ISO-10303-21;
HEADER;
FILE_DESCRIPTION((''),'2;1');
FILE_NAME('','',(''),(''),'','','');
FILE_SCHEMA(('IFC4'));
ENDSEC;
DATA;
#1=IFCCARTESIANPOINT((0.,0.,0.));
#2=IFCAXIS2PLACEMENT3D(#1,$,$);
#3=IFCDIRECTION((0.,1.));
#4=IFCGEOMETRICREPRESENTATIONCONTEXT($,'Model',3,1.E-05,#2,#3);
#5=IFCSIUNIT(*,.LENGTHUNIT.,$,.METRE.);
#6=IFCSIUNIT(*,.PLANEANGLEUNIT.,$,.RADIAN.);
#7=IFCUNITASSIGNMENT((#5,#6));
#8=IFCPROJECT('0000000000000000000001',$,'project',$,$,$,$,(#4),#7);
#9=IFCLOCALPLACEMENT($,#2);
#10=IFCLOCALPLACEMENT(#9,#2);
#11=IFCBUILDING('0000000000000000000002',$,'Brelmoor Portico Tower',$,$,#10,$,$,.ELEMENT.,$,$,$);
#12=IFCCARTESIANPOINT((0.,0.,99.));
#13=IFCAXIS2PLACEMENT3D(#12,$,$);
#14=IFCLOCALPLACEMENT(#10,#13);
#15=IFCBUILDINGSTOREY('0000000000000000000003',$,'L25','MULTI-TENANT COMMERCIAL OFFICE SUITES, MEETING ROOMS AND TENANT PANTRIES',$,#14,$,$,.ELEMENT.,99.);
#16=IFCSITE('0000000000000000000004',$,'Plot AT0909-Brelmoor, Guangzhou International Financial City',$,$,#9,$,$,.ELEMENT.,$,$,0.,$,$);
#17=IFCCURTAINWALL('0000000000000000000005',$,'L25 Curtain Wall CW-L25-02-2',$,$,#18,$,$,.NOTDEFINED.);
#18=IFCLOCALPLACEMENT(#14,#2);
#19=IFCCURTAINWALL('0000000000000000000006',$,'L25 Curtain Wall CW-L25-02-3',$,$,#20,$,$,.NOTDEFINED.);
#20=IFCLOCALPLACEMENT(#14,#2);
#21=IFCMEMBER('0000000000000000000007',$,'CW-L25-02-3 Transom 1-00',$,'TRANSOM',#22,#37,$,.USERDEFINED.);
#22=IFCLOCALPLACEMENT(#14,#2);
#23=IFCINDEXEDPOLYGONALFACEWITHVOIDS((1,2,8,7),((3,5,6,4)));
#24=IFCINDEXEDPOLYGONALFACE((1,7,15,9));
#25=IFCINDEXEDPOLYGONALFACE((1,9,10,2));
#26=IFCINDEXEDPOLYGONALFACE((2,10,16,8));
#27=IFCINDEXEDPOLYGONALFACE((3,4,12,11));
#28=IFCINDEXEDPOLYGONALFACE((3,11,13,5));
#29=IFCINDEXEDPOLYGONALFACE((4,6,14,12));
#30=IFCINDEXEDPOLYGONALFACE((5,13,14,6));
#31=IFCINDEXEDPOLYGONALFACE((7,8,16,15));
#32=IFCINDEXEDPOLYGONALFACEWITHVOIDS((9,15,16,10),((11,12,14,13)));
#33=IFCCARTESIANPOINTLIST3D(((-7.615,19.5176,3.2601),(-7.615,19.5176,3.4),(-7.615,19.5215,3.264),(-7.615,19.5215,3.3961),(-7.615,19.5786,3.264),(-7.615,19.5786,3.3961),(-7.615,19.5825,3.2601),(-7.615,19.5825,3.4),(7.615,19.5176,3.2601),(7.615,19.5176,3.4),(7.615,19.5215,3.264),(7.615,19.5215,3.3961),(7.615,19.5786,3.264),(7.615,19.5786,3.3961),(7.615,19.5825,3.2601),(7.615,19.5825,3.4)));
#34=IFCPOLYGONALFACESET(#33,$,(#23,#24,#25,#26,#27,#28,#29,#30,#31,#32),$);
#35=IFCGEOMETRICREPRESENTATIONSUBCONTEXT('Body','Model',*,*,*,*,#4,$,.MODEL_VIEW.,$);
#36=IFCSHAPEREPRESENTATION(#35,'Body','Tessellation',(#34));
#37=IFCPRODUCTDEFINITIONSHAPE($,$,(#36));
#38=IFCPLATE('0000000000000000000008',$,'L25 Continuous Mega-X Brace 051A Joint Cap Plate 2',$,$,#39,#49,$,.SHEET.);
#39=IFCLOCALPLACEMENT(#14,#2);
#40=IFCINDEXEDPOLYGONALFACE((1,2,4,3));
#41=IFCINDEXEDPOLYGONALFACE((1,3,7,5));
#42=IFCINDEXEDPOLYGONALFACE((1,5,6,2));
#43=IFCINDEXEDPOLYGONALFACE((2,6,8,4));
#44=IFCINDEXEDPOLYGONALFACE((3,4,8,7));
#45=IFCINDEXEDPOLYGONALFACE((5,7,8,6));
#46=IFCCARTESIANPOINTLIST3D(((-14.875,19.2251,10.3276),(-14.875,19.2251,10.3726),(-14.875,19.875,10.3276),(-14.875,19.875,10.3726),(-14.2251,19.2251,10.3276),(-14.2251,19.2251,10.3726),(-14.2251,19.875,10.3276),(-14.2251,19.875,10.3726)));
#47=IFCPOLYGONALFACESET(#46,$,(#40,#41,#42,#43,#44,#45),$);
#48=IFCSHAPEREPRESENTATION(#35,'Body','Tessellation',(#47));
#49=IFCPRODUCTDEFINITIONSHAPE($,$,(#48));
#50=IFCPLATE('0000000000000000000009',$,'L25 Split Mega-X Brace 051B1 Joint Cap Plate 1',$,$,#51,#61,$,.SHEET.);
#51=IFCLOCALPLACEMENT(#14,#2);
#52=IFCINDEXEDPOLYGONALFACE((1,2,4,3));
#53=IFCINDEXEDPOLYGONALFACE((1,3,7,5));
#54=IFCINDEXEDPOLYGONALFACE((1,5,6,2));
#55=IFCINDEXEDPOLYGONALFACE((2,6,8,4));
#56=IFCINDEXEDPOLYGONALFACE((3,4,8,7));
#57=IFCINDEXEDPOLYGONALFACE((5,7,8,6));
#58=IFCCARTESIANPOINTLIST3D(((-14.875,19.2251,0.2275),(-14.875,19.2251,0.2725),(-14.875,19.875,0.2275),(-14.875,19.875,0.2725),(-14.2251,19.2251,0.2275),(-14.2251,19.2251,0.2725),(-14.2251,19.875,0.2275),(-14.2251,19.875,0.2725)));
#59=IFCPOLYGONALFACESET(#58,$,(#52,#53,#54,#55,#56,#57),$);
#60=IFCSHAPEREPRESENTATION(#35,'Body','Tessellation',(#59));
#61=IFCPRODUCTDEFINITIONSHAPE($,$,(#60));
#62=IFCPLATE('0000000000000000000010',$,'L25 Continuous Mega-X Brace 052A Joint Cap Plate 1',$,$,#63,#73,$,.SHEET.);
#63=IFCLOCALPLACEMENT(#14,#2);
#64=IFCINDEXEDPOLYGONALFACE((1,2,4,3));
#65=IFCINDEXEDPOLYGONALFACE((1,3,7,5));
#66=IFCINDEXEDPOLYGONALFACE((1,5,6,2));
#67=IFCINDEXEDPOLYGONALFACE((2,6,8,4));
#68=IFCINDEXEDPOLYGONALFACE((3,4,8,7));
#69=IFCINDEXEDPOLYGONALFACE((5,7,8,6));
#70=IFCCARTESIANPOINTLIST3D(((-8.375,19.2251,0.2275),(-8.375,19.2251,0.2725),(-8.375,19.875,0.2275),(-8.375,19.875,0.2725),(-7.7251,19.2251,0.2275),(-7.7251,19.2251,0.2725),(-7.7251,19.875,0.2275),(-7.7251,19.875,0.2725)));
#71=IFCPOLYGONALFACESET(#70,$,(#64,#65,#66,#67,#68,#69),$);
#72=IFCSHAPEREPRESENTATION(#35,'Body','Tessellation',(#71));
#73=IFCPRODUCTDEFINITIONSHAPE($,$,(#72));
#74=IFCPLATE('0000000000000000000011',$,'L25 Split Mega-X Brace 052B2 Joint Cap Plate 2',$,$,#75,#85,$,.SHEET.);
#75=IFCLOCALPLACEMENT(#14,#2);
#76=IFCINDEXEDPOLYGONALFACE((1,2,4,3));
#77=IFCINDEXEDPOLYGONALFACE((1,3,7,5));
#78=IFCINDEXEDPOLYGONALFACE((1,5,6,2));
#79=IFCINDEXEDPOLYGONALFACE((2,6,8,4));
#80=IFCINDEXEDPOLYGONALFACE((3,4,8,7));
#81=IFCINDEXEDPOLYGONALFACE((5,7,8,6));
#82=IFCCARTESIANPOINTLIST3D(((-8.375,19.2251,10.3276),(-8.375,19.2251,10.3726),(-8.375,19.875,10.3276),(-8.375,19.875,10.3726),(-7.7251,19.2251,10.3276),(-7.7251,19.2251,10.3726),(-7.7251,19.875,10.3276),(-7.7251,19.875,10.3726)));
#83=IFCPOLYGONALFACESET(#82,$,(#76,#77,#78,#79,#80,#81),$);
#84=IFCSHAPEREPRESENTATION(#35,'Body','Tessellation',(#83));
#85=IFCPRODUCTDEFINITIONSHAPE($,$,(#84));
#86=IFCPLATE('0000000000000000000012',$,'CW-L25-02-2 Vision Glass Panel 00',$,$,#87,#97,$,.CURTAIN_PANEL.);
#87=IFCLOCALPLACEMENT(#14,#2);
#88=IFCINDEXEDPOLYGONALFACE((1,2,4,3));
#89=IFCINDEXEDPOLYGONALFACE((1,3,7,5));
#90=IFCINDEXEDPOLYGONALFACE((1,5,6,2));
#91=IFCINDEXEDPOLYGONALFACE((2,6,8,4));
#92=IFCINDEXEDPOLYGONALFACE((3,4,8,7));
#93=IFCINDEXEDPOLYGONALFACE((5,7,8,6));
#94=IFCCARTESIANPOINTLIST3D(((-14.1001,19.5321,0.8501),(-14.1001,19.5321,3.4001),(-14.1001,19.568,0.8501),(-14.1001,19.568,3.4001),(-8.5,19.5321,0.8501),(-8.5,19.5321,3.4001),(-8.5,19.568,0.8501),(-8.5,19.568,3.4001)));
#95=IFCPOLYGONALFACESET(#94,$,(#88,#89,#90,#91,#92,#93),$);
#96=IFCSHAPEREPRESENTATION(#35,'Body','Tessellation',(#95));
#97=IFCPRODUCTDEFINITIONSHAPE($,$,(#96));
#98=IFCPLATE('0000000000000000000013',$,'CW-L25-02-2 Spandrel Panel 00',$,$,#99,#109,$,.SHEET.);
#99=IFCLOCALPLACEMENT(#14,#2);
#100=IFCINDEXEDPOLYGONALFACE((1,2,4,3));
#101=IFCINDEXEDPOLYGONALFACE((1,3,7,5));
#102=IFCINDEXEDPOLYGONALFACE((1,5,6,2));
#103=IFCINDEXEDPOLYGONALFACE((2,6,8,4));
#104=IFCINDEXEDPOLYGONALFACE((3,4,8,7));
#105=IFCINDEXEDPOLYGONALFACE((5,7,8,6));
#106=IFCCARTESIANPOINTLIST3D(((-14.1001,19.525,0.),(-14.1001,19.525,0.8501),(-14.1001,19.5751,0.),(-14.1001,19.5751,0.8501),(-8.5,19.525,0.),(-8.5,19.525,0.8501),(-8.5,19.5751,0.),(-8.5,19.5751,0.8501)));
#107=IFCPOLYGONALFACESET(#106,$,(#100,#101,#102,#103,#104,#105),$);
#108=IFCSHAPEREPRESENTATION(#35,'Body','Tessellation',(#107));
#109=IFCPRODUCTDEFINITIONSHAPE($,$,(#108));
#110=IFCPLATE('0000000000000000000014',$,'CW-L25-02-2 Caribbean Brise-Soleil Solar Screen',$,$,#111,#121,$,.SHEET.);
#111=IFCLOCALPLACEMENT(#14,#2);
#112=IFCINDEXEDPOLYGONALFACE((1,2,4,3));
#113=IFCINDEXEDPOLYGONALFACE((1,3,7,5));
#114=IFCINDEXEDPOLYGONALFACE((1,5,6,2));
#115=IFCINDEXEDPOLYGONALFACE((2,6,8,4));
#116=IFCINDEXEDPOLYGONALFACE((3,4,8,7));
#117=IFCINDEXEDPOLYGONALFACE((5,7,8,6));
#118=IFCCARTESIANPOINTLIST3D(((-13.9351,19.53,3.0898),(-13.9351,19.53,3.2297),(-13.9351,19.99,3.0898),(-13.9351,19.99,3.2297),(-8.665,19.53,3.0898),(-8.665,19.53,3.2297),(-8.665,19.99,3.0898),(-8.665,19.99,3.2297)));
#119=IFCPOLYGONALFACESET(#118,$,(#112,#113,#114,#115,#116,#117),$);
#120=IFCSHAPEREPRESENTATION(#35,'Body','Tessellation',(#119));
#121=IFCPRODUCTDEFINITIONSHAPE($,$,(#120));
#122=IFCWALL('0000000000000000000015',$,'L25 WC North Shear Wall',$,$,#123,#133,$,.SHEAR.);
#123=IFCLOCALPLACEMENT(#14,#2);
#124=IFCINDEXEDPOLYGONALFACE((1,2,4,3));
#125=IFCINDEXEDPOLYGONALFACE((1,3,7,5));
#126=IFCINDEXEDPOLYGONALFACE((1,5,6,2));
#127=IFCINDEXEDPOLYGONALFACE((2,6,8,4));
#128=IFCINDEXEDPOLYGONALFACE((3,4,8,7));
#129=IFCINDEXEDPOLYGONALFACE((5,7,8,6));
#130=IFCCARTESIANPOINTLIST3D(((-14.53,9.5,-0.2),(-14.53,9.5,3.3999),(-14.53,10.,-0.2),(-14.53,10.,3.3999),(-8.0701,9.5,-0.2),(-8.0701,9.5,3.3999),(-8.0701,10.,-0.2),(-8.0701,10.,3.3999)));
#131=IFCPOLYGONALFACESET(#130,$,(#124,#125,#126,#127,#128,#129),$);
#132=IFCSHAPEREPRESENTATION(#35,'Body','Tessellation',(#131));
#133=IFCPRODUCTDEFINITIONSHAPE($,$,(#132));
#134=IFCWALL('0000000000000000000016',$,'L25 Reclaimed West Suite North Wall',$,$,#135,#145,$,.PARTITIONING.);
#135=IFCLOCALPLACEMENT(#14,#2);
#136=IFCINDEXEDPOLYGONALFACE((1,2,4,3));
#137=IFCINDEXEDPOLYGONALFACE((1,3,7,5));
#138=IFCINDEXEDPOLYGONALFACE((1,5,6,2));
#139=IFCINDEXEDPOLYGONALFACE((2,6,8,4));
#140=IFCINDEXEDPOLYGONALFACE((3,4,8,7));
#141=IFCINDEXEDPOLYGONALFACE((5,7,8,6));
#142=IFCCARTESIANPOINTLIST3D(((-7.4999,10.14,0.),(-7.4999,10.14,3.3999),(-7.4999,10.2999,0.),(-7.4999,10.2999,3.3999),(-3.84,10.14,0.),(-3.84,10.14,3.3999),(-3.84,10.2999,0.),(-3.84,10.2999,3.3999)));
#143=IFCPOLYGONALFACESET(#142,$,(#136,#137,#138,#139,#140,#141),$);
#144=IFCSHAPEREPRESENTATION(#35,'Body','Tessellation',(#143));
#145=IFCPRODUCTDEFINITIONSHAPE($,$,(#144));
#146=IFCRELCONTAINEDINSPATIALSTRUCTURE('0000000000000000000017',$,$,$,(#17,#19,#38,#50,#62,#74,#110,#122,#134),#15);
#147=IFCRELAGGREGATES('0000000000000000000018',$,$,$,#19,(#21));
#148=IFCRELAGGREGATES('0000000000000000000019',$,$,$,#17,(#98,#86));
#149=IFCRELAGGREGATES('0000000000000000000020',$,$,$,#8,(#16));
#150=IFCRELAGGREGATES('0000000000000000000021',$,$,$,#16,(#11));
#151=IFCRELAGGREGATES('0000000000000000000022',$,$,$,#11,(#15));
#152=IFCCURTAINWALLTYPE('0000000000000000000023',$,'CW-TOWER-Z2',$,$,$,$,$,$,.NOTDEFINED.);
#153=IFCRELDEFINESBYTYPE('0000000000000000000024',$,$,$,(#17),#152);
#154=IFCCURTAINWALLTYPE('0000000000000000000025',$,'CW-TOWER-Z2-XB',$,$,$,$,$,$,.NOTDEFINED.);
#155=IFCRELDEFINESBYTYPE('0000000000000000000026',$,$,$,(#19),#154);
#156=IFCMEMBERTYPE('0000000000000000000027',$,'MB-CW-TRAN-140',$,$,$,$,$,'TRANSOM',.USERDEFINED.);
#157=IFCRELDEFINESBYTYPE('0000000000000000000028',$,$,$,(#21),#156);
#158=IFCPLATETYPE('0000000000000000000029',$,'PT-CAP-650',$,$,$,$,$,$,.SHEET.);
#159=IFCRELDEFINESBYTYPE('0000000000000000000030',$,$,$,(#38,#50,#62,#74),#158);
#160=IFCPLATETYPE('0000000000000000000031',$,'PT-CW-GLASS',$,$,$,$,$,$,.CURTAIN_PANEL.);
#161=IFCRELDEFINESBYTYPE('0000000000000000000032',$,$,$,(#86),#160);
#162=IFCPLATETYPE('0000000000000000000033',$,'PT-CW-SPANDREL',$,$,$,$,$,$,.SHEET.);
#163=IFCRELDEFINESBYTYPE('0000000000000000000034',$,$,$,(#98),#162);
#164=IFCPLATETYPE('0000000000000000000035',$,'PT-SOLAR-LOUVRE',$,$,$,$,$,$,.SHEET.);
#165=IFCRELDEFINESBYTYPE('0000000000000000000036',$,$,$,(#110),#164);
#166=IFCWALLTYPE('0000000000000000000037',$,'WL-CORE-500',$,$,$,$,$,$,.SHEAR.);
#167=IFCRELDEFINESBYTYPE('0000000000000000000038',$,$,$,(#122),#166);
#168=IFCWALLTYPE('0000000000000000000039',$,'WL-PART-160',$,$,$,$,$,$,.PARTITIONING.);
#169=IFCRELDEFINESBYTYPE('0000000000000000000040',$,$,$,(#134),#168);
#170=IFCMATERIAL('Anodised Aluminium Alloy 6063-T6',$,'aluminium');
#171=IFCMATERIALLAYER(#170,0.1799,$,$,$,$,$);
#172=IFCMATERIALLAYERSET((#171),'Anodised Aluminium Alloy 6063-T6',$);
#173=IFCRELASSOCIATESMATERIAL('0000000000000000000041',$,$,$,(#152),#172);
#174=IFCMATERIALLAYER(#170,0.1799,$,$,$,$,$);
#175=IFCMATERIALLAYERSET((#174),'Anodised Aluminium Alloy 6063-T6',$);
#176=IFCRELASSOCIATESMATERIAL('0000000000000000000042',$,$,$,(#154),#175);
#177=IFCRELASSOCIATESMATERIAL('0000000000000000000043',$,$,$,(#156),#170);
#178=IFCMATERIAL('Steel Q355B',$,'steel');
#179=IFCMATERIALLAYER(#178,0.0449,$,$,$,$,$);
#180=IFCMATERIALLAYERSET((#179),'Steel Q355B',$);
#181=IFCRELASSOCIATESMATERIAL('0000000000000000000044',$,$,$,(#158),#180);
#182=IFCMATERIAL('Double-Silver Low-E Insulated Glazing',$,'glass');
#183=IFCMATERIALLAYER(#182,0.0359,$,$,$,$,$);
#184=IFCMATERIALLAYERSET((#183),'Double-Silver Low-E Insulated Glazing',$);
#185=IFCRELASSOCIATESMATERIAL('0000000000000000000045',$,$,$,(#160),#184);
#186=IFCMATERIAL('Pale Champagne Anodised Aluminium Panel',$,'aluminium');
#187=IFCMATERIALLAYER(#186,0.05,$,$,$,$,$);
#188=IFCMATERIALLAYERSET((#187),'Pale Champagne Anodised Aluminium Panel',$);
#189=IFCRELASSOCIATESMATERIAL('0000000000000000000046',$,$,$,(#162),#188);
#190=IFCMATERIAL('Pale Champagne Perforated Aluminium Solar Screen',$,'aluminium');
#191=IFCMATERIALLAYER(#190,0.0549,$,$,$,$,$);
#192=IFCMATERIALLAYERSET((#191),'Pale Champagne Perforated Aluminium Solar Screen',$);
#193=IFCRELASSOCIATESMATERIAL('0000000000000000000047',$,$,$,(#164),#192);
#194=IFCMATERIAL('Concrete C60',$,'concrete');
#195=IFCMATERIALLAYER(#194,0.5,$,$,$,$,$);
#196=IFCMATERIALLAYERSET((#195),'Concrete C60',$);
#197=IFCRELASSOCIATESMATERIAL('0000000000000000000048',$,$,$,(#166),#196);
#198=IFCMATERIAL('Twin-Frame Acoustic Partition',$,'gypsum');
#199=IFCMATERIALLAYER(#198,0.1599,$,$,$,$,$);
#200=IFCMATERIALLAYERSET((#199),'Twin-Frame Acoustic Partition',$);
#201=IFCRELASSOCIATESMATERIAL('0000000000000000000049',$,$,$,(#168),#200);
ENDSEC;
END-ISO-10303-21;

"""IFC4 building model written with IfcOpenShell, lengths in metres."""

from ifc_helpers import new_model, si_unit, direction, frame, frame_2d, origin, origin_2d, place, context, subcontext, project, spatial, rectangle, hollow_rectangle, extrude, material, layer, layer_set, material_profile, profile_set, type_object, element, aggregate, save


model = new_model("IFC4")

# Units and contexts
model_context = context("Model", 3, precision=1e-05, world=origin(), true_north=direction((0.0, 1.0)))
body_context = subcontext(model_context, "Body", "Model", "MODEL_VIEW")
ifc_project = project(units=[si_unit("LENGTHUNIT", "METRE"), si_unit("PLANEANGLEUNIT", "RADIAN")], contexts=[model_context])

# Site, building, storey
site_placement = place(None, origin())
site = spatial("IfcSite", under=ifc_project, at=site_placement, Name="Plot AT0909-Brelmoor, Guangzhou International Financial City", CompositionType="ELEMENT", RefElevation=0.0)
building_placement = place(site_placement, origin())
building = spatial("IfcBuilding", under=site, at=building_placement, Name="Brelmoor Portico Tower", CompositionType="ELEMENT")
storey_placement = place(building_placement, frame((0.0, 0.0, 99.0)))
storey = spatial("IfcBuildingStorey", under=building, at=storey_placement, Name="L25", Description="MULTI-TENANT COMMERCIAL OFFICE SUITES, MEETING ROOMS AND TENANT PANTRIES", CompositionType="ELEMENT", Elevation=99.0)

# Shared definitions
ifc_material_1 = material(Name="Steel Q355B", Category="steel")

# Curtain wall
ifc_material_2 = material(Name="Anodised Aluminium Alloy 6063-T6", Category="aluminium")
ifc_layer_1 = layer(ifc_material_2, 0.1799)
ifc_layer_set_1 = layer_set([ifc_layer_1], Name="Anodised Aluminium Alloy 6063-T6")
curtain_wall_type_1 = type_object("IfcCurtainWallType", Name="CW-TOWER-Z2", PredefinedType="NOTDEFINED", material=ifc_layer_set_1)
curtain_wall_1_placement = place(storey_placement, origin())
curtain_wall_1 = element("IfcCurtainWall", 1, at=curtain_wall_1_placement, inside=storey, type_object=curtain_wall_type_1, Name="L25 Curtain Wall CW-L25-02-2", PredefinedType="NOTDEFINED")

# Curtain wall
ifc_layer_2 = layer(ifc_material_2, 0.1799)
ifc_layer_set_2 = layer_set([ifc_layer_2], Name="Anodised Aluminium Alloy 6063-T6")
curtain_wall_type_2 = type_object("IfcCurtainWallType", Name="CW-TOWER-Z2-XB", PredefinedType="NOTDEFINED", material=ifc_layer_set_2)
curtain_wall_2_placement = place(storey_placement, origin())
curtain_wall_2 = element("IfcCurtainWall", 2, at=curtain_wall_2_placement, inside=storey, type_object=curtain_wall_type_2, Name="L25 Curtain Wall CW-L25-02-3", PredefinedType="NOTDEFINED")

# Member
ifc_material_profile_1 = material_profile(ifc_material_2, hollow_rectangle(XDim=0.0649, YDim=0.1399, WallThickness=0.0039, at=origin_2d()), Name="ALU TRANSOM 65x140")
ifc_profile_set_1 = profile_set([ifc_material_profile_1], Name="Anodised Aluminium Alloy 6063-T6")
member_type_1 = type_object("IfcMemberType", Name="MB-CW-TRAN-140", ElementType="TRANSOM", PredefinedType="USERDEFINED", material=ifc_profile_set_1)
member_1_placement = place(storey_placement, frame((-7.615, 19.55, 3.3301), z_axis=(1.0, 0.0, 0.0), x_axis=(0.0, 1.0, 0.0)))
member_1 = element("IfcMember", 3, at=member_1_placement, type_object=member_type_1, Name="CW-L25-02-3 Transom 1-00", ObjectType="TRANSOM", PredefinedType="USERDEFINED", context=body_context, shape_type="SweptSolid", body=[
    extrude(hollow_rectangle(XDim=0.0649, YDim=0.1399, WallThickness=0.0039, at=origin_2d()), origin(), (0.0, 0.0, 1.0), 15.23),
])
aggregate(curtain_wall_2, [member_1])

# Plates
ifc_layer_3 = layer(ifc_material_1, 0.0449)
ifc_layer_set_3 = layer_set([ifc_layer_3], Name="Steel Q355B")
plate_type_1 = type_object("IfcPlateType", Name="PT-CAP-650", PredefinedType="SHEET", material=ifc_layer_set_3)
for number, where, z_axis, x_axis, name in (
    (4, (-14.55, 19.55, 10.3276), (0.0, 0.0, 1.0), (1.0, 0.0, 0.0), "L25 Continuous Mega-X Brace 051A Joint Cap Plate 2"),
    (5, (-14.55, 19.55, 0.2275), (0.0, 0.0, 1.0), (1.0, 0.0, 0.0), "L25 Split Mega-X Brace 051B1 Joint Cap Plate 1"),
    (6, (-8.05, 19.55, 0.2275), (0.0, 0.0, 1.0), (1.0, 0.0, 0.0), "L25 Continuous Mega-X Brace 052A Joint Cap Plate 1"),
    (7, (-8.05, 19.55, 10.3276), (0.0, 0.0, 1.0), (1.0, 0.0, 0.0), "L25 Split Mega-X Brace 052B2 Joint Cap Plate 2"),
):
    element("IfcPlate", number, at=place(storey_placement, frame(where, z_axis=z_axis, x_axis=x_axis)), inside=storey, type_object=plate_type_1, Name=name, PredefinedType="SHEET", context=body_context, shape_type="SweptSolid", body=[
        extrude(rectangle(XDim=0.6499, YDim=0.6499, at=origin_2d()), origin(), (0.0, 0.0, 1.0), 0.0449),
    ])

# Plates
ifc_material_3 = material(Name="Double-Silver Low-E Insulated Glazing", Category="glass")
ifc_layer_4 = layer(ifc_material_3, 0.0359)
ifc_layer_set_4 = layer_set([ifc_layer_4], Name="Double-Silver Low-E Insulated Glazing")
plate_type_2 = type_object("IfcPlateType", Name="PT-CW-GLASS", PredefinedType="CURTAIN_PANEL", material=ifc_layer_set_4)
plate_1_placement = place(storey_placement, frame((-11.3, 19.55, 0.8501), z_axis=(0.0, 0.0, 1.0), x_axis=(1.0, 0.0, 0.0)))
plate_1 = element("IfcPlate", 8, at=plate_1_placement, type_object=plate_type_2, Name="CW-L25-02-2 Vision Glass Panel 00", PredefinedType="CURTAIN_PANEL", context=body_context, shape_type="SweptSolid", body=[
    extrude(rectangle(XDim=5.6001, YDim=0.0359, at=origin_2d()), origin(), (0.0, 0.0, 1.0), 2.55),
])
ifc_material_4 = material(Name="Pale Champagne Anodised Aluminium Panel", Category="aluminium")
ifc_layer_5 = layer(ifc_material_4, 0.05)
ifc_layer_set_5 = layer_set([ifc_layer_5], Name="Pale Champagne Anodised Aluminium Panel")
plate_type_3 = type_object("IfcPlateType", Name="PT-CW-SPANDREL", PredefinedType="SHEET", material=ifc_layer_set_5)
plate_2_placement = place(storey_placement, frame((-11.3, 19.55, 0.0), z_axis=(0.0, 0.0, 1.0), x_axis=(1.0, 0.0, 0.0)))
plate_2 = element("IfcPlate", 9, at=plate_2_placement, type_object=plate_type_3, Name="CW-L25-02-2 Spandrel Panel 00", PredefinedType="SHEET", context=body_context, shape_type="SweptSolid", body=[
    extrude(rectangle(XDim=5.6001, YDim=0.05, at=origin_2d()), origin(), (0.0, 0.0, 1.0), 0.8501),
])
aggregate(curtain_wall_1, [plate_2, plate_1])
ifc_material_5 = material(Name="Pale Champagne Perforated Aluminium Solar Screen", Category="aluminium")
ifc_layer_6 = layer(ifc_material_5, 0.0549)
ifc_layer_set_6 = layer_set([ifc_layer_6], Name="Pale Champagne Perforated Aluminium Solar Screen")
plate_type_4 = type_object("IfcPlateType", Name="PT-SOLAR-LOUVRE", PredefinedType="SHEET", material=ifc_layer_set_6)
plate_3_placement = place(storey_placement, frame((-11.3, 19.76, 3.0898), z_axis=(0.0, 0.0, 1.0), x_axis=(1.0, 0.0, 0.0)))
element("IfcPlate", 10, at=plate_3_placement, inside=storey, type_object=plate_type_4, Name="CW-L25-02-2 Caribbean Brise-Soleil Solar Screen", PredefinedType="SHEET", context=body_context, shape_type="SweptSolid", body=[
    extrude(rectangle(XDim=5.27, YDim=0.46, at=origin_2d()), origin(), (0.0, 0.0, 1.0), 0.1399),
])

# Walls
ifc_material_6 = material(Name="Concrete C60", Category="concrete")
ifc_layer_7 = layer(ifc_material_6, 0.5)
ifc_layer_set_7 = layer_set([ifc_layer_7], Name="Concrete C60")
wall_type_1 = type_object("IfcWallType", Name="WL-CORE-500", PredefinedType="SHEAR", material=ifc_layer_set_7)
wall_1_placement = place(storey_placement, frame((-14.53, 9.75, -0.2), z_axis=(0.0, 0.0, 1.0), x_axis=(1.0, 0.0, 0.0)))
element("IfcWall", 11, at=wall_1_placement, inside=storey, type_object=wall_type_1, Name="L25 WC North Shear Wall", PredefinedType="SHEAR", context=body_context, shape_type="SweptSolid", body=[
    extrude(rectangle(XDim=6.46, YDim=0.5, at=frame_2d((3.23, 0.0))), origin(), (0.0, 0.0, 1.0), 3.5999),
])
ifc_material_7 = material(Name="Twin-Frame Acoustic Partition", Category="gypsum")
ifc_layer_8 = layer(ifc_material_7, 0.1599)
ifc_layer_set_8 = layer_set([ifc_layer_8], Name="Twin-Frame Acoustic Partition")
wall_type_2 = type_object("IfcWallType", Name="WL-PART-160", PredefinedType="PARTITIONING", material=ifc_layer_set_8)
wall_2_placement = place(storey_placement, frame((-7.5, 10.22, 0.0), z_axis=(0.0, 0.0, 1.0), x_axis=(1.0, 0.0, 0.0)))
element("IfcWall", 12, at=wall_2_placement, inside=storey, type_object=wall_type_2, Name="L25 Reclaimed West Suite North Wall", PredefinedType="PARTITIONING", context=body_context, shape_type="SweptSolid", body=[
    extrude(rectangle(XDim=3.6599, YDim=0.1599, at=frame_2d((1.8301, 0.0))), origin(), (0.0, 0.0, 1.0), 3.3999),
])

save(model, "model.ifc")
